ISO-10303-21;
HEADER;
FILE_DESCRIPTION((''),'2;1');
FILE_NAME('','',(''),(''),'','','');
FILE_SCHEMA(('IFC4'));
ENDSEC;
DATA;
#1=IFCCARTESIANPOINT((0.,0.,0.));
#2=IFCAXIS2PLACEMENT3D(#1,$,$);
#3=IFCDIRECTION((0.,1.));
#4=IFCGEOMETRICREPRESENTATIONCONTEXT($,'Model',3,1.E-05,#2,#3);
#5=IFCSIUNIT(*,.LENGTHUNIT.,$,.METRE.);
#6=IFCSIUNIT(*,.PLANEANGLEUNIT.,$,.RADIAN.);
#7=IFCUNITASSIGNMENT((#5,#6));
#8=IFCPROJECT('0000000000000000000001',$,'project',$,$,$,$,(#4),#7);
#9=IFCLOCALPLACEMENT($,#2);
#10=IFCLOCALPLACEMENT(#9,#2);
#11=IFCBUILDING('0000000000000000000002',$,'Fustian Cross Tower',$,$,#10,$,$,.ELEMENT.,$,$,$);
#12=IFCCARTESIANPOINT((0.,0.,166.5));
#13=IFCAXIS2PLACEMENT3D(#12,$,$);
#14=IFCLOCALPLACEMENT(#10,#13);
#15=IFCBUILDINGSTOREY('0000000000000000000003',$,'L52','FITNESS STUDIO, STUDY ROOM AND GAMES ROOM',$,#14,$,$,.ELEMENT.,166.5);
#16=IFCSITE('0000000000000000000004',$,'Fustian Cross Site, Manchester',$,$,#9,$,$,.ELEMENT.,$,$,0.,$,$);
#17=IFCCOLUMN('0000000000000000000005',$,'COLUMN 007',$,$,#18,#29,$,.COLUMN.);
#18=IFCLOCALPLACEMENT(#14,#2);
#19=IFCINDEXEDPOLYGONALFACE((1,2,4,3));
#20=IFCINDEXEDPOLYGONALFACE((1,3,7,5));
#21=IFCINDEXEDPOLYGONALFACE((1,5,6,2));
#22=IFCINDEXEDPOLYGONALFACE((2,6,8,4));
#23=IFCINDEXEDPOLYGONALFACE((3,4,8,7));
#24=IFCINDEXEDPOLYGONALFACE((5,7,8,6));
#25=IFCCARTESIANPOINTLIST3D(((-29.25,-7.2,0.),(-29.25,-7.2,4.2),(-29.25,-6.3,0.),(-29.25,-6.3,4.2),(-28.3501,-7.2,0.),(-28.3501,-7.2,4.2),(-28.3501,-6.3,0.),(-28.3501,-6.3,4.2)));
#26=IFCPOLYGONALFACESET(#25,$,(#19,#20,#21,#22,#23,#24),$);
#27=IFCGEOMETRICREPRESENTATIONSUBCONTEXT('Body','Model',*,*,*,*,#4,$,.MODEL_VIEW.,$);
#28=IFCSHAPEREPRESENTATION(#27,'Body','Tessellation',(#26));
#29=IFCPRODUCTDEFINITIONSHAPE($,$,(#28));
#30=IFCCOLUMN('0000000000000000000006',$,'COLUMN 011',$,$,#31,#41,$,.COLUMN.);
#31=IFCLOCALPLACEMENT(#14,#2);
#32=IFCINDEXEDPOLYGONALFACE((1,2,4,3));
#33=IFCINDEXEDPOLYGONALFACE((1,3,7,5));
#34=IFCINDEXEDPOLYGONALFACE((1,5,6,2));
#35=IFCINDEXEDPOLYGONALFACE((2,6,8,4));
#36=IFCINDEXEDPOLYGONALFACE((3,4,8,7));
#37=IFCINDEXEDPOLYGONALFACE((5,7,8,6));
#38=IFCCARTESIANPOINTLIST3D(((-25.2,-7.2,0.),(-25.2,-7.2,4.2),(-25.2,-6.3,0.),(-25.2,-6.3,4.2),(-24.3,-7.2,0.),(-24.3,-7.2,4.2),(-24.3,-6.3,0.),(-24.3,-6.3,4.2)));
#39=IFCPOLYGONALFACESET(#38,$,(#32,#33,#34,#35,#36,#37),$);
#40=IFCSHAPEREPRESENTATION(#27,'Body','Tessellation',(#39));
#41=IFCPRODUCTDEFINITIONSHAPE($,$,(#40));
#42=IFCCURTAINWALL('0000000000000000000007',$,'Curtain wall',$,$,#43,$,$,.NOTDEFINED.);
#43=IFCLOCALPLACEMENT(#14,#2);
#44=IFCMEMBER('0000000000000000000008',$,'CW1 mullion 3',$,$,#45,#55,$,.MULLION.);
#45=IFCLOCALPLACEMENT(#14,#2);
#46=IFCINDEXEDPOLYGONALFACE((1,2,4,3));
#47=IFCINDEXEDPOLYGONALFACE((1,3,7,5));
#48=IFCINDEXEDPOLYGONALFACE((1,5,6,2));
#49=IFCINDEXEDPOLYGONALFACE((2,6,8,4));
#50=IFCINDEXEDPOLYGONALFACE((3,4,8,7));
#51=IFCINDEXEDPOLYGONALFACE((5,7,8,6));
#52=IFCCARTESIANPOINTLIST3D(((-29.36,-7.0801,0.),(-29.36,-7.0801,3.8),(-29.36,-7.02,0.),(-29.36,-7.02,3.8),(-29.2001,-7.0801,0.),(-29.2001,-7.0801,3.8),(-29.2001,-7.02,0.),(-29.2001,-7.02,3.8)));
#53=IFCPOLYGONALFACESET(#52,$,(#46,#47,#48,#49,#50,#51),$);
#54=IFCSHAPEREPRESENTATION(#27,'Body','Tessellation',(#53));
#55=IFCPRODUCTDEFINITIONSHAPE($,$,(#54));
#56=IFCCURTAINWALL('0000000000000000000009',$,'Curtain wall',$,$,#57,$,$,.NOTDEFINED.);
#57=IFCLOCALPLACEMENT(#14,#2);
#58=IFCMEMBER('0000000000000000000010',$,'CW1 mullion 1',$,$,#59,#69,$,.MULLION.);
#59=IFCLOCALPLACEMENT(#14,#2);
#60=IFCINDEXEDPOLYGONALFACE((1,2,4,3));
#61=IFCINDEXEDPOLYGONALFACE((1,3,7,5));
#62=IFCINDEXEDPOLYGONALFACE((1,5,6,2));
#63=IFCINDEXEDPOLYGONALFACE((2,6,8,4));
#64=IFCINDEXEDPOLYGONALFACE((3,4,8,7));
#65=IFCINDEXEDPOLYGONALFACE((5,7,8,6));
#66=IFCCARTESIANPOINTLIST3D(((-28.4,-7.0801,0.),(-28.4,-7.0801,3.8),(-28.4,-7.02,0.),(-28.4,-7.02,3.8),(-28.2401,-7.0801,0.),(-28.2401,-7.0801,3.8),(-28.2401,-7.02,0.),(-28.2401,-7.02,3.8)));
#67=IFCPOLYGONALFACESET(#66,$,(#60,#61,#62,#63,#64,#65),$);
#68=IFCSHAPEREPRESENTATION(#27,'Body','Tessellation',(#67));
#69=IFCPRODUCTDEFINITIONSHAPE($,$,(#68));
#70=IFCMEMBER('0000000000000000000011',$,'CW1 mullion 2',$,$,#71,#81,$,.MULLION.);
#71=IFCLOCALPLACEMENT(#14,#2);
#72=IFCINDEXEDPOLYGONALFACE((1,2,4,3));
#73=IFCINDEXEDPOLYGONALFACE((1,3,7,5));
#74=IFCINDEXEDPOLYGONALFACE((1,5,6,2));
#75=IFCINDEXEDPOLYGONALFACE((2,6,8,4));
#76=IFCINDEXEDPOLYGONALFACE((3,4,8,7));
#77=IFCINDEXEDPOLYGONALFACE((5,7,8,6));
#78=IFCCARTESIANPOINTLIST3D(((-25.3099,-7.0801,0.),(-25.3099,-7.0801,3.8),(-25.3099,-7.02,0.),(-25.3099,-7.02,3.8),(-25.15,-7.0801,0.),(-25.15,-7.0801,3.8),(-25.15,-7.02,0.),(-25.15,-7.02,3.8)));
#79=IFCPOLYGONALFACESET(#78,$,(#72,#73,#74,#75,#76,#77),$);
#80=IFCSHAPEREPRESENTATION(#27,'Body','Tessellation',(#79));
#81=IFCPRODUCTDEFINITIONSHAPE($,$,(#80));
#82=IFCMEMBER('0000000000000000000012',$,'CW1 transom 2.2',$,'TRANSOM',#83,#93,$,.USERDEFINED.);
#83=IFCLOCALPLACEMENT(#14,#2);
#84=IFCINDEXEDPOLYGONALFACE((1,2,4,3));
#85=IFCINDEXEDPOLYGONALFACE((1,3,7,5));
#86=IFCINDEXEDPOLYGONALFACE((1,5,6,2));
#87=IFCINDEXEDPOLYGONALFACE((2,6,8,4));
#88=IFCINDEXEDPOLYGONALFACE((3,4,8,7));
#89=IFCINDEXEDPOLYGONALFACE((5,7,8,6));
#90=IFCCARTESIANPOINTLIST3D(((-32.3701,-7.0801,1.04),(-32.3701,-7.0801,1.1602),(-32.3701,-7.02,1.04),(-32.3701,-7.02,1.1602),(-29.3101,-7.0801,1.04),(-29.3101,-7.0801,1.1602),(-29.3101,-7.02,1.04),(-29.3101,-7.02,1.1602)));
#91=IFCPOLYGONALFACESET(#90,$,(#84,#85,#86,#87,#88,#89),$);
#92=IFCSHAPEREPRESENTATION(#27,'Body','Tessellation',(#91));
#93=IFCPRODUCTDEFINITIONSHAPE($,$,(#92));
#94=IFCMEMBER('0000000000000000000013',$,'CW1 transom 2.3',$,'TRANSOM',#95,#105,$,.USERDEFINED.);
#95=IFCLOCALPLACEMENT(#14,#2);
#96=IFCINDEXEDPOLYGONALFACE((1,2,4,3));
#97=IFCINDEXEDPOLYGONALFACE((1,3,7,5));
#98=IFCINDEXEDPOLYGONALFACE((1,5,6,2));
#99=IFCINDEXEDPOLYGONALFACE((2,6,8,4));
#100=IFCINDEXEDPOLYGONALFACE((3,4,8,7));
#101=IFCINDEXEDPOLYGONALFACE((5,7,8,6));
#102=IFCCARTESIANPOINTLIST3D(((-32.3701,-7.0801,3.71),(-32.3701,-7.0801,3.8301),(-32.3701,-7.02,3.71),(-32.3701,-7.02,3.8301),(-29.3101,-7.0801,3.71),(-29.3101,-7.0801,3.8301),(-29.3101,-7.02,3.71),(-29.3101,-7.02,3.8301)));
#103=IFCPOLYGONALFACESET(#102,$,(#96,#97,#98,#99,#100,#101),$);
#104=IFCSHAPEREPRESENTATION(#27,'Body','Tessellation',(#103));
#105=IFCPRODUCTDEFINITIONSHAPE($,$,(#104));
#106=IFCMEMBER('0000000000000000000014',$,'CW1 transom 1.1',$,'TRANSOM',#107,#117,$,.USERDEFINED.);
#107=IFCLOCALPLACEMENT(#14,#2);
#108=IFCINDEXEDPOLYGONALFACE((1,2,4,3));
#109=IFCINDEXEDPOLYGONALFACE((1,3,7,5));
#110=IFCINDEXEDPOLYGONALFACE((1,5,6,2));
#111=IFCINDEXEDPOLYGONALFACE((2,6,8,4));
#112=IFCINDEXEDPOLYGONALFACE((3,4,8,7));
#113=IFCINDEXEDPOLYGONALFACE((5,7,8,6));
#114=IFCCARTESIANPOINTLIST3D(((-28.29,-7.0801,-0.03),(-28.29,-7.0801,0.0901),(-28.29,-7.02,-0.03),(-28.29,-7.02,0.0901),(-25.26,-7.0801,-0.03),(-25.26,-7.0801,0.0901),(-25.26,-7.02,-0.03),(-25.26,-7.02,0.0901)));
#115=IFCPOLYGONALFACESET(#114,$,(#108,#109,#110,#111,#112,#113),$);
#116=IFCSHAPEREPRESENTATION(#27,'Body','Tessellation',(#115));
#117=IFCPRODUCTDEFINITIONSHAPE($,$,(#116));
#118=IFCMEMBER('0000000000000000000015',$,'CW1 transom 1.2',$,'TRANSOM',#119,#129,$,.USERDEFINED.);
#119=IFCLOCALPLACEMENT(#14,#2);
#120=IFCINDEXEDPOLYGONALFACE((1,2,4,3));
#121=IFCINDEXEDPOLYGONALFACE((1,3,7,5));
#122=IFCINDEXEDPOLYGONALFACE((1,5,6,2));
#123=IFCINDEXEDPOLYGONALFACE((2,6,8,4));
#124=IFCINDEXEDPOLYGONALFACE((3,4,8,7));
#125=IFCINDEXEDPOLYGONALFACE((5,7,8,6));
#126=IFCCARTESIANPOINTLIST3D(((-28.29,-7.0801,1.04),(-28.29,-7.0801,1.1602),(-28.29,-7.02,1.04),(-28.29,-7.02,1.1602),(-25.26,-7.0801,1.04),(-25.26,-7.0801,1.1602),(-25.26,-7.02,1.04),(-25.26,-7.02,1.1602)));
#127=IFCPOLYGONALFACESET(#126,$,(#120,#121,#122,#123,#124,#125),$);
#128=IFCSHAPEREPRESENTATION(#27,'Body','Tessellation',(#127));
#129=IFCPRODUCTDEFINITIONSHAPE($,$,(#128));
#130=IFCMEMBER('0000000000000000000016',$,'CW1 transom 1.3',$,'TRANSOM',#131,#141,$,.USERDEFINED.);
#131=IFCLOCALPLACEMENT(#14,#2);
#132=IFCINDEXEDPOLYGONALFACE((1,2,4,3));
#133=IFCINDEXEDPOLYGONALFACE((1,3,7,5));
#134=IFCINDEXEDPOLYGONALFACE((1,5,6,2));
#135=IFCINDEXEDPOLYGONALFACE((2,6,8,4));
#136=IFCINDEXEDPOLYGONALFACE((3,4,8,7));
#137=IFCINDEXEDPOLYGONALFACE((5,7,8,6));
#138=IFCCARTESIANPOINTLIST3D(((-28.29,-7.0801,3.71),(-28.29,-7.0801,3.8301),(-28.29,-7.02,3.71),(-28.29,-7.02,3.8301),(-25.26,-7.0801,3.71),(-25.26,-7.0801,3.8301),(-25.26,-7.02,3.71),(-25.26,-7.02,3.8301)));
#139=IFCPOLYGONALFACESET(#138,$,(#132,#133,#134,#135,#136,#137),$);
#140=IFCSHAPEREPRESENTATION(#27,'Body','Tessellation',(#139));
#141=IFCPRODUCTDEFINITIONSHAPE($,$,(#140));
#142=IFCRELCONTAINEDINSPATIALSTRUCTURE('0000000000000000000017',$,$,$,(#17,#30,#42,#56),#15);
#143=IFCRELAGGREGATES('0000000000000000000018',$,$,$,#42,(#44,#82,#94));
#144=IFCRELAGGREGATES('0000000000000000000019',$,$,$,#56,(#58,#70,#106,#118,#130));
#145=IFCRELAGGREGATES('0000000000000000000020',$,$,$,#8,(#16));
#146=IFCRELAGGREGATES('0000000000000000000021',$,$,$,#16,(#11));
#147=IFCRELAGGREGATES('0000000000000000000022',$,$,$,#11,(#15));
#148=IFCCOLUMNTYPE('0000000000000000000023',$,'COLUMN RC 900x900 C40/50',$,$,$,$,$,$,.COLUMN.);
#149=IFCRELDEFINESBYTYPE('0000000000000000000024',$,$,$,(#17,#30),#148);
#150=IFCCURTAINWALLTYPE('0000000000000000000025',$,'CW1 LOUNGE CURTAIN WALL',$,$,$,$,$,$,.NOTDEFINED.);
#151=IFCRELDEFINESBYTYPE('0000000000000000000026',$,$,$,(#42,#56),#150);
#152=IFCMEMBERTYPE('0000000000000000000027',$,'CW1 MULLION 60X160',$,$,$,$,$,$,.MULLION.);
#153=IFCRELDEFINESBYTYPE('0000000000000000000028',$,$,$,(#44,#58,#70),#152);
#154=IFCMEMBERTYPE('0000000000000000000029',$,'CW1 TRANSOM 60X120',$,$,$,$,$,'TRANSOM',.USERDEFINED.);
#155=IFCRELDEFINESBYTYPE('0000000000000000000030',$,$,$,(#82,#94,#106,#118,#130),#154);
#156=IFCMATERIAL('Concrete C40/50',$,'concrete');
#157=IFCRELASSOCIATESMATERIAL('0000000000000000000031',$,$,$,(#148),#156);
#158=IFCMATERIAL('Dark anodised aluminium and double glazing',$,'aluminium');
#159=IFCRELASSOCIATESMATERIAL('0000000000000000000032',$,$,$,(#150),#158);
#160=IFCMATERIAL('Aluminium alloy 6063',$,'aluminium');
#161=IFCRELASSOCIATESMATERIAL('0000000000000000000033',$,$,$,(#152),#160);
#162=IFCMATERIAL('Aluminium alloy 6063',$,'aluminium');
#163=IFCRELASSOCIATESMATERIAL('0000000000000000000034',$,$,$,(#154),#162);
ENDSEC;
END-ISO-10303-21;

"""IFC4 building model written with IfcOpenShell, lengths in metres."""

from ifc_helpers import new_model, si_unit, direction, frame, origin, origin_2d, place, context, subcontext, project, spatial, rectangle, extrude, material, material_profile, profile_set, type_object, element, aggregate, save


model = new_model("IFC4")

# Units and contexts
model_context = context("Model", 3, precision=1e-05, world=origin(), true_north=direction((0.0, 1.0)))
body_context = subcontext(model_context, "Body", "Model", "MODEL_VIEW")
ifc_project = project(units=[si_unit("LENGTHUNIT", "METRE"), si_unit("PLANEANGLEUNIT", "RADIAN")], contexts=[model_context])

# Site, building, storey
site_placement = place(None, origin())
site = spatial("IfcSite", under=ifc_project, at=site_placement, Name="Fustian Cross Site, Manchester", CompositionType="ELEMENT", RefElevation=0.0)
building_placement = place(site_placement, origin())
building = spatial("IfcBuilding", under=site, at=building_placement, Name="Fustian Cross Tower", CompositionType="ELEMENT")
storey_placement = place(building_placement, frame((0.0, 0.0, 166.5)))
storey = spatial("IfcBuildingStorey", under=building, at=storey_placement, Name="L52", Description="FITNESS STUDIO, STUDY ROOM AND GAMES ROOM", CompositionType="ELEMENT", Elevation=166.5)

# Columns
ifc_material_1 = material(Name="Concrete C40/50", Category="concrete")
ifc_material_profile_1 = material_profile(ifc_material_1, rectangle(XDim=0.8999, YDim=0.8999, at=origin_2d()), Name="RC 900x900")
ifc_profile_set_1 = profile_set([ifc_material_profile_1], Name="Concrete C40/50")
column_type = type_object("IfcColumnType", Name="COLUMN RC 900x900 C40/50", PredefinedType="COLUMN", material=ifc_profile_set_1)
for number, where, z_axis, x_axis, name in (
    (1, (-28.8, -6.75, 0.0), (0.0, 0.0, 1.0), (1.0, 0.0, 0.0), "COLUMN 007"),
    (2, (-24.75, -6.75, 0.0), (0.0, 0.0, 1.0), (1.0, 0.0, 0.0), "COLUMN 011"),
):
    element("IfcColumn", number, at=place(storey_placement, frame(where, z_axis=z_axis, x_axis=x_axis)), inside=storey, type_object=column_type, Name=name, PredefinedType="COLUMN", context=body_context, shape_type="SweptSolid", body=[
        extrude(rectangle(XDim=0.8999, YDim=0.8999, at=origin_2d()), origin(), (0.0, 0.0, 1.0), 4.2),
    ])

# Curtain wall, member
ifc_material_2 = material(Name="Dark anodised aluminium and double glazing", Category="aluminium")
curtain_wall_type = type_object("IfcCurtainWallType", Name="CW1 LOUNGE CURTAIN WALL", PredefinedType="NOTDEFINED", material=ifc_material_2)
curtain_wall_1_placement = place(storey_placement, origin())
curtain_wall_1 = element("IfcCurtainWall", 3, at=curtain_wall_1_placement, inside=storey, type_object=curtain_wall_type, Name="Curtain wall", PredefinedType="NOTDEFINED")
ifc_material_3 = material(Name="Aluminium alloy 6063", Category="aluminium")
ifc_material_profile_2 = material_profile(ifc_material_3, rectangle(XDim=0.0601, YDim=0.1599, at=origin_2d()), Name="CW1 MULLION 60X160")
ifc_profile_set_2 = profile_set([ifc_material_profile_2], Name="Aluminium alloy 6063")
member_type_1 = type_object("IfcMemberType", Name="CW1 MULLION 60X160", PredefinedType="MULLION", material=ifc_profile_set_2)
member_1_placement = place(storey_placement, frame((-29.28, -7.05, 0.0), z_axis=(0.0, 0.0, 1.0), x_axis=(0.0, 1.0, 0.0)))
member_1 = element("IfcMember", 4, at=member_1_placement, type_object=member_type_1, Name="CW1 mullion 3", PredefinedType="MULLION", context=body_context, shape_type="SweptSolid", body=[
    extrude(rectangle(XDim=0.0601, YDim=0.1599, at=origin_2d()), origin(), (0.0, 0.0, 1.0), 3.8),
])

# Curtain wall, members
curtain_wall_2_placement = place(storey_placement, origin())
curtain_wall_2 = element("IfcCurtainWall", 5, at=curtain_wall_2_placement, inside=storey, type_object=curtain_wall_type, Name="Curtain wall", PredefinedType="NOTDEFINED")
member_2_placement = place(storey_placement, frame((-28.3201, -7.05, 0.0), z_axis=(0.0, 0.0, 1.0), x_axis=(0.0, 1.0, 0.0)))
member_2 = element("IfcMember", 6, at=member_2_placement, type_object=member_type_1, Name="CW1 mullion 1", PredefinedType="MULLION", context=body_context, shape_type="SweptSolid", body=[
    extrude(rectangle(XDim=0.0601, YDim=0.1599, at=origin_2d()), origin(), (0.0, 0.0, 1.0), 3.8),
])
member_3_placement = place(storey_placement, frame((-25.23, -7.05, 0.0), z_axis=(0.0, 0.0, 1.0), x_axis=(0.0, 1.0, 0.0)))
member_3 = element("IfcMember", 7, at=member_3_placement, type_object=member_type_1, Name="CW1 mullion 2", PredefinedType="MULLION", context=body_context, shape_type="SweptSolid", body=[
    extrude(rectangle(XDim=0.0601, YDim=0.1599, at=origin_2d()), origin(), (0.0, 0.0, 1.0), 3.8),
])

# Members
ifc_material_4 = material(Name="Aluminium alloy 6063", Category="aluminium")
ifc_material_profile_3 = material_profile(ifc_material_4, rectangle(XDim=0.0601, YDim=0.1201, at=origin_2d()), Name="CW1 TRANSOM 60X120")
ifc_profile_set_3 = profile_set([ifc_material_profile_3], Name="Aluminium alloy 6063")
member_type_2 = type_object("IfcMemberType", Name="CW1 TRANSOM 60X120", ElementType="TRANSOM", PredefinedType="USERDEFINED", material=ifc_profile_set_3)
member_4_placement = place(storey_placement, frame((-32.3701, -7.05, 1.1001), z_axis=(1.0, 0.0, 0.0), x_axis=(0.0, 1.0, 0.0)))
member_4 = element("IfcMember", 8, at=member_4_placement, type_object=member_type_2, Name="CW1 transom 2.2", ObjectType="TRANSOM", PredefinedType="USERDEFINED", context=body_context, shape_type="SweptSolid", body=[
    extrude(rectangle(XDim=0.0601, YDim=0.1201, at=origin_2d()), origin(), (0.0, 0.0, 1.0), 3.0601),
])
member_5_placement = place(storey_placement, frame((-32.3701, -7.05, 3.77), z_axis=(1.0, 0.0, 0.0), x_axis=(0.0, 1.0, 0.0)))
member_5 = element("IfcMember", 9, at=member_5_placement, type_object=member_type_2, Name="CW1 transom 2.3", ObjectType="TRANSOM", PredefinedType="USERDEFINED", context=body_context, shape_type="SweptSolid", body=[
    extrude(rectangle(XDim=0.0601, YDim=0.1201, at=origin_2d()), origin(), (0.0, 0.0, 1.0), 3.0601),
])
member_6_placement = place(storey_placement, frame((-28.29, -7.05, 0.03), z_axis=(1.0, 0.0, 0.0), x_axis=(0.0, 1.0, 0.0)))
member_6 = element("IfcMember", 10, at=member_6_placement, type_object=member_type_2, Name="CW1 transom 1.1", ObjectType="TRANSOM", PredefinedType="USERDEFINED", context=body_context, shape_type="SweptSolid", body=[
    extrude(rectangle(XDim=0.0601, YDim=0.1201, at=origin_2d()), origin(), (0.0, 0.0, 1.0), 3.03),
])
member_7_placement = place(storey_placement, frame((-28.29, -7.05, 1.1001), z_axis=(1.0, 0.0, 0.0), x_axis=(0.0, 1.0, 0.0)))
member_7 = element("IfcMember", 11, at=member_7_placement, type_object=member_type_2, Name="CW1 transom 1.2", ObjectType="TRANSOM", PredefinedType="USERDEFINED", context=body_context, shape_type="SweptSolid", body=[
    extrude(rectangle(XDim=0.0601, YDim=0.1201, at=origin_2d()), origin(), (0.0, 0.0, 1.0), 3.03),
])
member_8_placement = place(storey_placement, frame((-28.29, -7.05, 3.77), z_axis=(1.0, 0.0, 0.0), x_axis=(0.0, 1.0, 0.0)))
member_8 = element("IfcMember", 12, at=member_8_placement, type_object=member_type_2, Name="CW1 transom 1.3", ObjectType="TRANSOM", PredefinedType="USERDEFINED", context=body_context, shape_type="SweptSolid", body=[
    extrude(rectangle(XDim=0.0601, YDim=0.1201, at=origin_2d()), origin(), (0.0, 0.0, 1.0), 3.03),
])

aggregate(curtain_wall_1, [member_1, member_4, member_5])
aggregate(curtain_wall_2, [member_2, member_3, member_6, member_7, member_8])

save(model, "model.ifc")
